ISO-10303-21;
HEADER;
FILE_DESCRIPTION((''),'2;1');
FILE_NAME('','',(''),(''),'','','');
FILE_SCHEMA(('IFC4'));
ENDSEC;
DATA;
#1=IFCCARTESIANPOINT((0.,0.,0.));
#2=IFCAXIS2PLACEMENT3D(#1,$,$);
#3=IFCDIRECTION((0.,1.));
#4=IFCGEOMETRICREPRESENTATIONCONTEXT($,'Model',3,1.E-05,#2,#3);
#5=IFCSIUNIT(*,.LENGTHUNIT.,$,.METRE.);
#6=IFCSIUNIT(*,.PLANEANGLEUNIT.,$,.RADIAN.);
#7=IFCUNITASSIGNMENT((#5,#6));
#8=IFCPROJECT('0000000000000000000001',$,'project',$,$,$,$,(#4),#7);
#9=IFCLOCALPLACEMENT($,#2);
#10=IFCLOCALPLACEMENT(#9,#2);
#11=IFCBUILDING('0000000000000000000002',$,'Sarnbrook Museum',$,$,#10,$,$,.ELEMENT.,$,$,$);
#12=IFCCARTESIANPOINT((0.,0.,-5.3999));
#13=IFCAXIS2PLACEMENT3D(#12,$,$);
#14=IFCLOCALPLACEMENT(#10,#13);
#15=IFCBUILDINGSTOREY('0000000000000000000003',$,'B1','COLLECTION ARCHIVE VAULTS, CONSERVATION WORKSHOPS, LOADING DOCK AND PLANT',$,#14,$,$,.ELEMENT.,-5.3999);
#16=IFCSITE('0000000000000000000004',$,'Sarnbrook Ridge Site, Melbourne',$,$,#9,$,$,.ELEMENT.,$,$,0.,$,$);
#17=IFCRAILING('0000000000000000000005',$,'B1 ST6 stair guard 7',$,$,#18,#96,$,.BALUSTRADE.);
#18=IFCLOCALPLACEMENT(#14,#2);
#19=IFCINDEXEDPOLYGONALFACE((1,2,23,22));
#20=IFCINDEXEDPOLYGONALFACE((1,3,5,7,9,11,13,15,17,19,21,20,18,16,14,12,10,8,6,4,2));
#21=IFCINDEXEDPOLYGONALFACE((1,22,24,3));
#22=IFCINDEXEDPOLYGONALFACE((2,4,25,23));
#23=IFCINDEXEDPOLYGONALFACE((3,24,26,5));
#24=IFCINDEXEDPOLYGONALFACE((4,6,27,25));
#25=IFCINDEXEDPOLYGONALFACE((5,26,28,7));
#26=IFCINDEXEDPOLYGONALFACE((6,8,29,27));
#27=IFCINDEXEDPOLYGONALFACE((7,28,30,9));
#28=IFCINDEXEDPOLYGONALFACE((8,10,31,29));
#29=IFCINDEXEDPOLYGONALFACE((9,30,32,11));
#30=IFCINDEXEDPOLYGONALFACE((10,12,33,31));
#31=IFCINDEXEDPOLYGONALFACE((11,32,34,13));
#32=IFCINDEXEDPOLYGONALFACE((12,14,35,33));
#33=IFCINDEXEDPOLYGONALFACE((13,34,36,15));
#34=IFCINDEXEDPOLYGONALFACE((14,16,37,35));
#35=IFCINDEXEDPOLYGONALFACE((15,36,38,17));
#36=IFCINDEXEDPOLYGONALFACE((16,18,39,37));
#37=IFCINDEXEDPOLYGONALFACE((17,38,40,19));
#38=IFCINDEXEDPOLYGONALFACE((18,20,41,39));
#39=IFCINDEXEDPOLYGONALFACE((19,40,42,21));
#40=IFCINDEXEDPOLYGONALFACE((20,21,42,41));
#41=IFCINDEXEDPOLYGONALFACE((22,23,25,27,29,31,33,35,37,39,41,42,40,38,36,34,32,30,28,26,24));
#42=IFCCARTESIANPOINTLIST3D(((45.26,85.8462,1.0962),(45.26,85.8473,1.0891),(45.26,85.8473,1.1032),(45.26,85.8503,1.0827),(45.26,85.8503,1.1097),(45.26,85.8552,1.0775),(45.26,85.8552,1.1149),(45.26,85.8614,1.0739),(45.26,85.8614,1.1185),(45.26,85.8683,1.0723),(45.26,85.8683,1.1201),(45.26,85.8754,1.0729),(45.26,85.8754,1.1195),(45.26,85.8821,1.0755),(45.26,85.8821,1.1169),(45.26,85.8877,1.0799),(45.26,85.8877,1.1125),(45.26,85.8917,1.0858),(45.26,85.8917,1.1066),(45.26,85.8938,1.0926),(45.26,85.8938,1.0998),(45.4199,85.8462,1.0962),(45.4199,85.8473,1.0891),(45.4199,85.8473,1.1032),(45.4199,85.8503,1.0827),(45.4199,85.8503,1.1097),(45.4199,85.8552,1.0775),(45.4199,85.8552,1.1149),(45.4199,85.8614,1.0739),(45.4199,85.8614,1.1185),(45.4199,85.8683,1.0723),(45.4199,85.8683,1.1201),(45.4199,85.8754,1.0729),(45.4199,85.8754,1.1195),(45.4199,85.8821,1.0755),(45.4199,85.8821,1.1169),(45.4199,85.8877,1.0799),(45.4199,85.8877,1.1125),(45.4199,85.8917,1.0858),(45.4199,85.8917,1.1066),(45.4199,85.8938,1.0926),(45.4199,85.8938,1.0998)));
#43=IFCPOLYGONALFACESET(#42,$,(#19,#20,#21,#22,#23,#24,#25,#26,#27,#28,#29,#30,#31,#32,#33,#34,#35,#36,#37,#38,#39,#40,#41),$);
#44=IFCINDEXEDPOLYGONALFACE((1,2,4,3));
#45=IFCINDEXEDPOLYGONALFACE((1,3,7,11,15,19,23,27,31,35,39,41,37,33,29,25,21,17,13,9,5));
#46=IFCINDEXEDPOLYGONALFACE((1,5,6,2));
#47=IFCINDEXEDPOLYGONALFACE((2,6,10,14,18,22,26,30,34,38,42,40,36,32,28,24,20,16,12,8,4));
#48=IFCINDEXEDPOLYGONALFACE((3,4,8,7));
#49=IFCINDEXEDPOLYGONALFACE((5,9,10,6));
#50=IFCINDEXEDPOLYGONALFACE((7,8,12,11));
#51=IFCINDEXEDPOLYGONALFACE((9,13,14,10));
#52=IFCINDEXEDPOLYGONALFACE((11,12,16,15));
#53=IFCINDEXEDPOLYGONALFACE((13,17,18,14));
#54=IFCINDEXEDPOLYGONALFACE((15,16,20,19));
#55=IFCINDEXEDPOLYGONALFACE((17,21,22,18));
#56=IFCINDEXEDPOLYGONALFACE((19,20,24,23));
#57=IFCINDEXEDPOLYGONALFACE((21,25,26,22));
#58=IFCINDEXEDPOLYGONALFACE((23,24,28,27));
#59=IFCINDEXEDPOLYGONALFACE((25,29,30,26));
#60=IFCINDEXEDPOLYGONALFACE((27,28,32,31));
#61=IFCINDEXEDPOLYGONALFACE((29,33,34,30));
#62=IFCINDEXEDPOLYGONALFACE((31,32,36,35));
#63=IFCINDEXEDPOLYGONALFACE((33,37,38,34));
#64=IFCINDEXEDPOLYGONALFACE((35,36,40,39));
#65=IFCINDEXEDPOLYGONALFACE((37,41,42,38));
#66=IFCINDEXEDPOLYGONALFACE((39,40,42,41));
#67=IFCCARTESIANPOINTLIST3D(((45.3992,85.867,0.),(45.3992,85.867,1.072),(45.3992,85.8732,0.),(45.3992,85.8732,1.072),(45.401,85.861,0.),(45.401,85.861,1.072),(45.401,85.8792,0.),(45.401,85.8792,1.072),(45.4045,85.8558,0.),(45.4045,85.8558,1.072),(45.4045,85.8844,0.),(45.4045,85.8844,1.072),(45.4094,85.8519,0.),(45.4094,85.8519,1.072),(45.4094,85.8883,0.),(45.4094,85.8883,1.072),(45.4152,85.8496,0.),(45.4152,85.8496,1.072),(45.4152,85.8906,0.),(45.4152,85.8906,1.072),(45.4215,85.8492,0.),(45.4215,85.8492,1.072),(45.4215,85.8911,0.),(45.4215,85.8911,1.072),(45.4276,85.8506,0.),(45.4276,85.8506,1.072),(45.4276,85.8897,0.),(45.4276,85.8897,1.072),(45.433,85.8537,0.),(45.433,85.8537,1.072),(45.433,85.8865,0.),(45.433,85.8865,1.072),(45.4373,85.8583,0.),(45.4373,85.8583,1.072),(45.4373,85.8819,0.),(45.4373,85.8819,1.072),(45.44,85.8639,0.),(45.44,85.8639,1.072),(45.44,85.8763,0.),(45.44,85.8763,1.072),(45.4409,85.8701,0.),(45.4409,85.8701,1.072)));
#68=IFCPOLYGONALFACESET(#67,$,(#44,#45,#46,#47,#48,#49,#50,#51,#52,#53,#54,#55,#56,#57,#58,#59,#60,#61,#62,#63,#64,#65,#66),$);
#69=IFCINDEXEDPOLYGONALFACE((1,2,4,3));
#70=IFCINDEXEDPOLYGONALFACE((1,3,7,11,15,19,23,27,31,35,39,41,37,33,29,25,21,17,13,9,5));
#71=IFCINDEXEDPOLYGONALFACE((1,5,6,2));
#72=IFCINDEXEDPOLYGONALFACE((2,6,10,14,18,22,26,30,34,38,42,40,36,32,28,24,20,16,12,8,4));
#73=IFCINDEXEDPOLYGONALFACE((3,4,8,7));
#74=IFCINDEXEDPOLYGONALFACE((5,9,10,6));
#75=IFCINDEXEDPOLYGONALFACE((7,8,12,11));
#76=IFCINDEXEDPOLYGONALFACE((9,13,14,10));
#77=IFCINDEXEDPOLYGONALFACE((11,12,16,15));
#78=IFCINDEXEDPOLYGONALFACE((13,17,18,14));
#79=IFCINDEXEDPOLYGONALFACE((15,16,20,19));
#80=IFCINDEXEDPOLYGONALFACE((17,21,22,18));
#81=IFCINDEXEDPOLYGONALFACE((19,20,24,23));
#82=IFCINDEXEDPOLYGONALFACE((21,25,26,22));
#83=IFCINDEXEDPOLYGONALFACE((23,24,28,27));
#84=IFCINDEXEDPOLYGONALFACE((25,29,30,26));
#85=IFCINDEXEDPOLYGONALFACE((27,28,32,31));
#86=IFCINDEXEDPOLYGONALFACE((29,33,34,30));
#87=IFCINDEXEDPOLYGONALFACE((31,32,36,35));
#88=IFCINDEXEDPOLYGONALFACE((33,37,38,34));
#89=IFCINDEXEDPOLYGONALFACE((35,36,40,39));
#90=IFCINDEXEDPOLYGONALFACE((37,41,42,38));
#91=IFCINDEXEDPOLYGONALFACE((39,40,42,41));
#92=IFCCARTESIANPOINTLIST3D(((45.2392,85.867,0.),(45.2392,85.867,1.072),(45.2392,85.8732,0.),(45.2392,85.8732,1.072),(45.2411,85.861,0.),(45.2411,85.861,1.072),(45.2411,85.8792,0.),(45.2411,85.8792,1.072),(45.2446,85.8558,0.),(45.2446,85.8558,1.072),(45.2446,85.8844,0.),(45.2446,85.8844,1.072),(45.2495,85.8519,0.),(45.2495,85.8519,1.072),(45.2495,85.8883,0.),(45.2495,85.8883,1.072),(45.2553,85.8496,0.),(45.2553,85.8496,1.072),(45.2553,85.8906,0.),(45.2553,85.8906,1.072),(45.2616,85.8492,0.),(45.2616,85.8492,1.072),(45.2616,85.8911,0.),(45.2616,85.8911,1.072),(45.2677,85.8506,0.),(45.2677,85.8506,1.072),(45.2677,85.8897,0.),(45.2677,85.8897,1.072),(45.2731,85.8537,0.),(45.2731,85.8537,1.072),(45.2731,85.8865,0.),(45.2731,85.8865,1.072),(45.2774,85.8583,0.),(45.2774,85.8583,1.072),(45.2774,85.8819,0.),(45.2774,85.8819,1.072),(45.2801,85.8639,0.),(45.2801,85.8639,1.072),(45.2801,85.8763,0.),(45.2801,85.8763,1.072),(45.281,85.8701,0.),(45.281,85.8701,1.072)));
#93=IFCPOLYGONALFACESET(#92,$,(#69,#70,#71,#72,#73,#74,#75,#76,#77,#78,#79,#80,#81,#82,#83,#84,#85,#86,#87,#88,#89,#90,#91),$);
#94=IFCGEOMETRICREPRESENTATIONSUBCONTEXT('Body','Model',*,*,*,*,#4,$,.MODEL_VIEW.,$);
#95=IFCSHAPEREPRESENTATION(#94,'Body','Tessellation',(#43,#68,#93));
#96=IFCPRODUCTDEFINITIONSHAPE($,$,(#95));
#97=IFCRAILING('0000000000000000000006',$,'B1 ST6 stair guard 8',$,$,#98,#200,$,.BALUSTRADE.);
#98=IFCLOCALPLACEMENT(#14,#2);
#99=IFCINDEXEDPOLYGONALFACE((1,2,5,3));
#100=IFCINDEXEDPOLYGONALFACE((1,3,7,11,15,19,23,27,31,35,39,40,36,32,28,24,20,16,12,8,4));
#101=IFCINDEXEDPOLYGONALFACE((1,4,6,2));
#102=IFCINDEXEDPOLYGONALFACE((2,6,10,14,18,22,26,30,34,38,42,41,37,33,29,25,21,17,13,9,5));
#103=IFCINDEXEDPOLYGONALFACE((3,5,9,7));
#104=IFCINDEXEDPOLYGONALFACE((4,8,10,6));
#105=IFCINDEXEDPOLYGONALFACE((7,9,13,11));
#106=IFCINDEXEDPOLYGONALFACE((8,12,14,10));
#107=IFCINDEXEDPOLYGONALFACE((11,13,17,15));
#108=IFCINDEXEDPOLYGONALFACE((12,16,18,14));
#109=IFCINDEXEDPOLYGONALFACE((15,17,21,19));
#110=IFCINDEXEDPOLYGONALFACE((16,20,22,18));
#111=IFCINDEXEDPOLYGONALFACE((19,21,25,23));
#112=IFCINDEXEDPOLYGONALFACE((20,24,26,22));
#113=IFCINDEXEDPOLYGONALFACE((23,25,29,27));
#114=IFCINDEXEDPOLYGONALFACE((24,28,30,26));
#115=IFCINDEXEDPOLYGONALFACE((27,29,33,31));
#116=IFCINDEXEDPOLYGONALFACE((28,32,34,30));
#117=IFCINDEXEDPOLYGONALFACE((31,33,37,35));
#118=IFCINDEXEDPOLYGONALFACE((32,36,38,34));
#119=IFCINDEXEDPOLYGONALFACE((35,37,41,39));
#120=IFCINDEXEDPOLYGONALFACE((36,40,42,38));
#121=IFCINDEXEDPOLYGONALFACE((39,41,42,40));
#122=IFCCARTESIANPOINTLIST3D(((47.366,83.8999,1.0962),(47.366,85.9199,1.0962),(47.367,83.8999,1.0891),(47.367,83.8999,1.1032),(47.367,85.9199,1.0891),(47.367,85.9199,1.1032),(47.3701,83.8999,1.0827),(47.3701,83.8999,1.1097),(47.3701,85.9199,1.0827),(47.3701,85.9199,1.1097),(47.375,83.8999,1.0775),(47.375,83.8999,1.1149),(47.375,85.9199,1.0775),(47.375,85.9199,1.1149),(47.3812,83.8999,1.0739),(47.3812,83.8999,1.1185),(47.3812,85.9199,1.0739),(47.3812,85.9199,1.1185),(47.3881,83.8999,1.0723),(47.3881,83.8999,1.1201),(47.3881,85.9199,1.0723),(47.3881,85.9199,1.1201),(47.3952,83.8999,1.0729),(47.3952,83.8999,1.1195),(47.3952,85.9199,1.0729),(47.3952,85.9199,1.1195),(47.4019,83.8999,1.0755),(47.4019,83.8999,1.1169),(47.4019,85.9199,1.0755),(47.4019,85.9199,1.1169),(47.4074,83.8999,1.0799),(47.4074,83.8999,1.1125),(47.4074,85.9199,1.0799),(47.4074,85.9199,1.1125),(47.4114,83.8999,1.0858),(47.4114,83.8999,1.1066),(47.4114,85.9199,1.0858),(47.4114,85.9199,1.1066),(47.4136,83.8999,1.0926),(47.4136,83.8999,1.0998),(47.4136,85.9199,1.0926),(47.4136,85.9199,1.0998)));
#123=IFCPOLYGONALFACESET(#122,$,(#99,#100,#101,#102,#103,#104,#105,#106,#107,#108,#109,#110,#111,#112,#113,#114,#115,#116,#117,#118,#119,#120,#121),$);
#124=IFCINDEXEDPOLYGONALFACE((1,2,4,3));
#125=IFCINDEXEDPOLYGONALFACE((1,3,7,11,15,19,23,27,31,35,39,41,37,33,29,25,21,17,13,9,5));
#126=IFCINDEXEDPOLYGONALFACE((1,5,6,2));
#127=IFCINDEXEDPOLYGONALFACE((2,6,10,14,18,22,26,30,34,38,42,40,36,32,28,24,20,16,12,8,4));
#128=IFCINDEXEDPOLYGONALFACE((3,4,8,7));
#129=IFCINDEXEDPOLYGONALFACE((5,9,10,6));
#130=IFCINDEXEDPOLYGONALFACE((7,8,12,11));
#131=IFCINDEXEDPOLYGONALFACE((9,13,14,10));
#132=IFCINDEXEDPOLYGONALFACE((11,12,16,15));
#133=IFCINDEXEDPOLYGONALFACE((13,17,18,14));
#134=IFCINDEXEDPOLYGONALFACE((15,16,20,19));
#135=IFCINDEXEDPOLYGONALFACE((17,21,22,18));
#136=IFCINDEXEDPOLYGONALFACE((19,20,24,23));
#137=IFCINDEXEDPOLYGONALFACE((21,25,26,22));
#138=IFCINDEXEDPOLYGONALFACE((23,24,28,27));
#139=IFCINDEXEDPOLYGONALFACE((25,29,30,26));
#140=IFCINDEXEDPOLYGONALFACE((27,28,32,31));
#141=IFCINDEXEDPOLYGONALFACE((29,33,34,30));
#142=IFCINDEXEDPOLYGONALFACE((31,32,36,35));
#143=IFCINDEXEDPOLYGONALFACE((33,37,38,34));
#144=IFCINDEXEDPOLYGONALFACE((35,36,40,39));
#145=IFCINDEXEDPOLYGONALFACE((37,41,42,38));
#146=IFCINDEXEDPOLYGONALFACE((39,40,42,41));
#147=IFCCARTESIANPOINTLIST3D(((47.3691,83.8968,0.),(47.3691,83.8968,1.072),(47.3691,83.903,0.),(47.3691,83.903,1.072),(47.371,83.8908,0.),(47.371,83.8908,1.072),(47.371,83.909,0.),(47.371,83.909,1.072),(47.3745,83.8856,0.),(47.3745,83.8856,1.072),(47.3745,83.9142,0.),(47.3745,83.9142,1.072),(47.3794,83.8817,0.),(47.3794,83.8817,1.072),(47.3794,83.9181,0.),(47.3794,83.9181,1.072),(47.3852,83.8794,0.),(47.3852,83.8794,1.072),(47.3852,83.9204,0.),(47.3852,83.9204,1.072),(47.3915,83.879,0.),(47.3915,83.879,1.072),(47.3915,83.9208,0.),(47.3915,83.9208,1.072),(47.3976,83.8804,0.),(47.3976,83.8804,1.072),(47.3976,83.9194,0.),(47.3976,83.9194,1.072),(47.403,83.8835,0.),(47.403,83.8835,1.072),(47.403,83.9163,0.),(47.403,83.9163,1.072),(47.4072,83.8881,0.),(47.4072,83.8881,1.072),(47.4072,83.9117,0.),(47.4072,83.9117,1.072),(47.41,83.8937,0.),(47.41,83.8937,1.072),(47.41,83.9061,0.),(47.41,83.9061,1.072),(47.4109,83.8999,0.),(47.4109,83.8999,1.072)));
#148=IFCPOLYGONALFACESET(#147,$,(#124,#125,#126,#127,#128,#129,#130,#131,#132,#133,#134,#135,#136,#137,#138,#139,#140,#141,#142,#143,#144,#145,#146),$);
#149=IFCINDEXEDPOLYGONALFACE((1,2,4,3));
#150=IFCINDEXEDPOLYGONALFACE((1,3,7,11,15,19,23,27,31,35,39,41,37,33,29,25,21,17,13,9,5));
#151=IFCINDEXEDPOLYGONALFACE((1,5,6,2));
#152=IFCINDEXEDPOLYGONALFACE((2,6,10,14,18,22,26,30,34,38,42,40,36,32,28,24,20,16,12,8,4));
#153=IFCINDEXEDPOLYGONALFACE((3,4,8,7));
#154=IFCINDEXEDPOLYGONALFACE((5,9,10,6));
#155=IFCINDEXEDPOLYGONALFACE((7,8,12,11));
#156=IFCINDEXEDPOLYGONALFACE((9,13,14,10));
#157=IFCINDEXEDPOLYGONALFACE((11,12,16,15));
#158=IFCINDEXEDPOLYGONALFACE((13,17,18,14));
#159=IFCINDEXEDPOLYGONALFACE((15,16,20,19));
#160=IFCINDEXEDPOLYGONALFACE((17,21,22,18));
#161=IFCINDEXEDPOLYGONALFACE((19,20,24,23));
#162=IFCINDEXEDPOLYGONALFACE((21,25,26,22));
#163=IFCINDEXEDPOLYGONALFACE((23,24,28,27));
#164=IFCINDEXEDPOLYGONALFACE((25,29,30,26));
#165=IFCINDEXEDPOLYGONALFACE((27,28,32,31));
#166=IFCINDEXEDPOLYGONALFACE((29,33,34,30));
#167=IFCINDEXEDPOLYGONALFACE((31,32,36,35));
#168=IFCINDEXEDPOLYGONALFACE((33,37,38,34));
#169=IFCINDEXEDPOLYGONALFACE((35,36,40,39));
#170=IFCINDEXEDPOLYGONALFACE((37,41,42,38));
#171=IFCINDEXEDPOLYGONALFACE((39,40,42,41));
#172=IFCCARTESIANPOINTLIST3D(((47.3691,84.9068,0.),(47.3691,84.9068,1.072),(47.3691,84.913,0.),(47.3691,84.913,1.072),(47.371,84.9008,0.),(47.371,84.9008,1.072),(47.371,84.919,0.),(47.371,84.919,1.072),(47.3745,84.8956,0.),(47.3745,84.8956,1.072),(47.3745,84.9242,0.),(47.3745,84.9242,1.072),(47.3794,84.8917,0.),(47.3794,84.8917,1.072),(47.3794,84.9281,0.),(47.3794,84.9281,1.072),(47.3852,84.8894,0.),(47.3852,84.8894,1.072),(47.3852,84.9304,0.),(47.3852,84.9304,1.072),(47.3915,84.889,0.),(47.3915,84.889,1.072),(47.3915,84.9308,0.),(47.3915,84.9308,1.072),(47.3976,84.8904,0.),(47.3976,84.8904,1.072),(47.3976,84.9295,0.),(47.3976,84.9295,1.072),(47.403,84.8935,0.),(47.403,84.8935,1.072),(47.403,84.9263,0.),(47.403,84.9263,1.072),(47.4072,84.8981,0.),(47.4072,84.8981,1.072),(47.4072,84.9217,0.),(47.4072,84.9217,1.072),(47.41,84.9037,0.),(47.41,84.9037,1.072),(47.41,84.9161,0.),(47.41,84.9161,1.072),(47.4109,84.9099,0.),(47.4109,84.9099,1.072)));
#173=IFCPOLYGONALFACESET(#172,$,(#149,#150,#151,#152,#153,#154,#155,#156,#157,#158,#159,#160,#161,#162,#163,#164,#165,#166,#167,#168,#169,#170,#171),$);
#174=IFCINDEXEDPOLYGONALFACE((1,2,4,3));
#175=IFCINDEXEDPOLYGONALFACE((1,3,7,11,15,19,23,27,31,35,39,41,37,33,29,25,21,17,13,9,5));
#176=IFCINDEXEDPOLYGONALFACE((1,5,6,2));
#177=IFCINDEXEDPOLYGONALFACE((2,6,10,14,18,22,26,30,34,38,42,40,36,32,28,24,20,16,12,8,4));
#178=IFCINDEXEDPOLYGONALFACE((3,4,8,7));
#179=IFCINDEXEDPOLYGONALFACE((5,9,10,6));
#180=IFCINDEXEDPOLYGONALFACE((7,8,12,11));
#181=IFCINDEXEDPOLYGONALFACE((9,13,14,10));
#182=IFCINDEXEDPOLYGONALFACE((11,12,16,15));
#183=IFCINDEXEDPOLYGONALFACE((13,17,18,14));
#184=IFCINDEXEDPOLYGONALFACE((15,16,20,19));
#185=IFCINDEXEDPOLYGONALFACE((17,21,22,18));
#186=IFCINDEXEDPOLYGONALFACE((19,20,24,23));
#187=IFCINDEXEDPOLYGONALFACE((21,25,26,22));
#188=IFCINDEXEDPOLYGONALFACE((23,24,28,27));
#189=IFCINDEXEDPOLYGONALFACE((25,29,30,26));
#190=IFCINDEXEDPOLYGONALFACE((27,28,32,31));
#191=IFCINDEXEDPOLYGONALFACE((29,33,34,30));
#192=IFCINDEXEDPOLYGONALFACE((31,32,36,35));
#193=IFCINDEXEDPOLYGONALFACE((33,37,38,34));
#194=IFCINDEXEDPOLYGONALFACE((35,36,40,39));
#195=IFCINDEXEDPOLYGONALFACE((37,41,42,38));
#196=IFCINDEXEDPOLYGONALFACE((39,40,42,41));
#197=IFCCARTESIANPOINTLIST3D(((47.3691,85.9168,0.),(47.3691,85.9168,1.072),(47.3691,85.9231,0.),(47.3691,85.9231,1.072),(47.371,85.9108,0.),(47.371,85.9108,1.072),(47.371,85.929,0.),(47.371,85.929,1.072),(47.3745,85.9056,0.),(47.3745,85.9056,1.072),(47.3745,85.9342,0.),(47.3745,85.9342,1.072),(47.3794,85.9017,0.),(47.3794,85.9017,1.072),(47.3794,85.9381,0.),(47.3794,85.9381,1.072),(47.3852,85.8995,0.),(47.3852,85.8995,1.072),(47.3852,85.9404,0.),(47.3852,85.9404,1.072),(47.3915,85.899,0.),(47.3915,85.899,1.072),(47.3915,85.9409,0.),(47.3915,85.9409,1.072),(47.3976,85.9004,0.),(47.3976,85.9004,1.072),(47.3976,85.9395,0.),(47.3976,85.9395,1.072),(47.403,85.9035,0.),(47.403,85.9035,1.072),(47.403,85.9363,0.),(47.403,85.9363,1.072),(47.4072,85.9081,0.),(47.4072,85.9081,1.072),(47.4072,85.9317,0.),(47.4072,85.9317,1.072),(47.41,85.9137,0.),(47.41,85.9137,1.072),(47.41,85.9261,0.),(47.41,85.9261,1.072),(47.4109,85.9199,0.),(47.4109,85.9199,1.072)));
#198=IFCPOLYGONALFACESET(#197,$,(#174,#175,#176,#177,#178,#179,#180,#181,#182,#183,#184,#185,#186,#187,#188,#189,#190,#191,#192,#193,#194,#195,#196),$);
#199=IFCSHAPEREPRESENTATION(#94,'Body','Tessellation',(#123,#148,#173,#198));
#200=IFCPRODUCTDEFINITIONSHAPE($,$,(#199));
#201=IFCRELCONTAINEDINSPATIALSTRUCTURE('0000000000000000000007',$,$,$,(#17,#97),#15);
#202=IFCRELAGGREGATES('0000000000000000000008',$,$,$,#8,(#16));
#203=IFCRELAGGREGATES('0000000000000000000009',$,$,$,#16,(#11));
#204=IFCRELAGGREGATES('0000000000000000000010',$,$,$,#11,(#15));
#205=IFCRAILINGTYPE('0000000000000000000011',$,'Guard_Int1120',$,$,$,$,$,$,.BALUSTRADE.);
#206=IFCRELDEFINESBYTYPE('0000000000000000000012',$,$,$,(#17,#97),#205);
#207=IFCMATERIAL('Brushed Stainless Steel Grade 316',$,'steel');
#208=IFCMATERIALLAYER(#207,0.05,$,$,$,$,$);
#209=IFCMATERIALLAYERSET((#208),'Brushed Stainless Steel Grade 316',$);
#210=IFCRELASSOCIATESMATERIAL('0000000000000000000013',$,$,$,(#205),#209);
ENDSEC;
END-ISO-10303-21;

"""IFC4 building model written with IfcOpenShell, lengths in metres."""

from ifc_helpers import new_model, si_unit, direction, frame, origin, origin_2d, place, context, subcontext, project, spatial, circle, extrude, material, layer, layer_set, type_object, element, save


model = new_model("IFC4")

# Units and contexts
model_context = context("Model", 3, precision=1e-05, world=origin(), true_north=direction((0.0, 1.0)))
body_context = subcontext(model_context, "Body", "Model", "MODEL_VIEW")
ifc_project = project(units=[si_unit("LENGTHUNIT", "METRE"), si_unit("PLANEANGLEUNIT", "RADIAN")], contexts=[model_context])

# Site, building, storey
site_placement = place(None, origin())
site = spatial("IfcSite", under=ifc_project, at=site_placement, Name="Sarnbrook Ridge Site, Melbourne", CompositionType="ELEMENT", RefElevation=0.0)
building_placement = place(site_placement, origin())
building = spatial("IfcBuilding", under=site, at=building_placement, Name="Sarnbrook Museum", CompositionType="ELEMENT")
storey_placement = place(building_placement, frame((0.0, 0.0, -5.3999)))
storey = spatial("IfcBuildingStorey", under=building, at=storey_placement, Name="B1", Description="COLLECTION ARCHIVE VAULTS, CONSERVATION WORKSHOPS, LOADING DOCK AND PLANT", CompositionType="ELEMENT", Elevation=-5.3999)

# Shared definitions
ifc_material_1 = material(Name="Brushed Stainless Steel Grade 316", Category="steel")

# Railings
ifc_layer_1 = layer(ifc_material_1, 0.05)
ifc_layer_set_1 = layer_set([ifc_layer_1], Name="Brushed Stainless Steel Grade 316")
railing_type_1 = type_object("IfcRailingType", Name="Guard_Int1120", PredefinedType="BALUSTRADE", material=ifc_layer_set_1)
railing_1_placement = place(storey_placement, frame((45.4199, 85.8701, 0.0)))
element("IfcRailing", 1, at=railing_1_placement, inside=storey, type_object=railing_type_1, Name="B1 ST6 stair guard 7", PredefinedType="BALUSTRADE", context=body_context, shape_type="SweptSolid", body=[
    extrude(circle(Radius=0.0239, at=origin_2d()), frame((0.0, 0.0, 1.0962), z_axis=(-1.0, 0.0, 0.0), x_axis=(0.0, -1.0, 0.0)), (0.0, 0.0, 1.0), 0.1599),
    extrude(circle(Radius=0.021, at=origin_2d()), origin(), (0.0, 0.0, 1.0), 1.072),
    extrude(circle(Radius=0.021, at=origin_2d()), frame((-0.1599, 0.0, 0.0)), (0.0, 0.0, 1.0), 1.072),
])
for number, where, name in (
    (2, (47.3899, 83.8999, 0.0), "B1 ST6 stair guard 8"),
):
    element("IfcRailing", number, at=place(storey_placement, frame(where)), inside=storey, type_object=railing_type_1, Name=name, PredefinedType="BALUSTRADE", context=body_context, shape_type="SweptSolid", body=[
        extrude(circle(Radius=0.0239, at=origin_2d()), frame((0.0, 0.0, 1.0962), z_axis=(0.0, 1.0, 0.0), x_axis=(-1.0, 0.0, 0.0)), (0.0, 0.0, 1.0), 2.02),
        extrude(circle(Radius=0.021, at=origin_2d()), origin(), (0.0, 0.0, 1.0), 1.072),
        extrude(circle(Radius=0.021, at=origin_2d()), frame((0.0, 1.01, 0.0)), (0.0, 0.0, 1.0), 1.072),
        extrude(circle(Radius=0.021, at=origin_2d()), frame((0.0, 2.02, 0.0)), (0.0, 0.0, 1.0), 1.072),
    ])

save(model, "model.ifc")
